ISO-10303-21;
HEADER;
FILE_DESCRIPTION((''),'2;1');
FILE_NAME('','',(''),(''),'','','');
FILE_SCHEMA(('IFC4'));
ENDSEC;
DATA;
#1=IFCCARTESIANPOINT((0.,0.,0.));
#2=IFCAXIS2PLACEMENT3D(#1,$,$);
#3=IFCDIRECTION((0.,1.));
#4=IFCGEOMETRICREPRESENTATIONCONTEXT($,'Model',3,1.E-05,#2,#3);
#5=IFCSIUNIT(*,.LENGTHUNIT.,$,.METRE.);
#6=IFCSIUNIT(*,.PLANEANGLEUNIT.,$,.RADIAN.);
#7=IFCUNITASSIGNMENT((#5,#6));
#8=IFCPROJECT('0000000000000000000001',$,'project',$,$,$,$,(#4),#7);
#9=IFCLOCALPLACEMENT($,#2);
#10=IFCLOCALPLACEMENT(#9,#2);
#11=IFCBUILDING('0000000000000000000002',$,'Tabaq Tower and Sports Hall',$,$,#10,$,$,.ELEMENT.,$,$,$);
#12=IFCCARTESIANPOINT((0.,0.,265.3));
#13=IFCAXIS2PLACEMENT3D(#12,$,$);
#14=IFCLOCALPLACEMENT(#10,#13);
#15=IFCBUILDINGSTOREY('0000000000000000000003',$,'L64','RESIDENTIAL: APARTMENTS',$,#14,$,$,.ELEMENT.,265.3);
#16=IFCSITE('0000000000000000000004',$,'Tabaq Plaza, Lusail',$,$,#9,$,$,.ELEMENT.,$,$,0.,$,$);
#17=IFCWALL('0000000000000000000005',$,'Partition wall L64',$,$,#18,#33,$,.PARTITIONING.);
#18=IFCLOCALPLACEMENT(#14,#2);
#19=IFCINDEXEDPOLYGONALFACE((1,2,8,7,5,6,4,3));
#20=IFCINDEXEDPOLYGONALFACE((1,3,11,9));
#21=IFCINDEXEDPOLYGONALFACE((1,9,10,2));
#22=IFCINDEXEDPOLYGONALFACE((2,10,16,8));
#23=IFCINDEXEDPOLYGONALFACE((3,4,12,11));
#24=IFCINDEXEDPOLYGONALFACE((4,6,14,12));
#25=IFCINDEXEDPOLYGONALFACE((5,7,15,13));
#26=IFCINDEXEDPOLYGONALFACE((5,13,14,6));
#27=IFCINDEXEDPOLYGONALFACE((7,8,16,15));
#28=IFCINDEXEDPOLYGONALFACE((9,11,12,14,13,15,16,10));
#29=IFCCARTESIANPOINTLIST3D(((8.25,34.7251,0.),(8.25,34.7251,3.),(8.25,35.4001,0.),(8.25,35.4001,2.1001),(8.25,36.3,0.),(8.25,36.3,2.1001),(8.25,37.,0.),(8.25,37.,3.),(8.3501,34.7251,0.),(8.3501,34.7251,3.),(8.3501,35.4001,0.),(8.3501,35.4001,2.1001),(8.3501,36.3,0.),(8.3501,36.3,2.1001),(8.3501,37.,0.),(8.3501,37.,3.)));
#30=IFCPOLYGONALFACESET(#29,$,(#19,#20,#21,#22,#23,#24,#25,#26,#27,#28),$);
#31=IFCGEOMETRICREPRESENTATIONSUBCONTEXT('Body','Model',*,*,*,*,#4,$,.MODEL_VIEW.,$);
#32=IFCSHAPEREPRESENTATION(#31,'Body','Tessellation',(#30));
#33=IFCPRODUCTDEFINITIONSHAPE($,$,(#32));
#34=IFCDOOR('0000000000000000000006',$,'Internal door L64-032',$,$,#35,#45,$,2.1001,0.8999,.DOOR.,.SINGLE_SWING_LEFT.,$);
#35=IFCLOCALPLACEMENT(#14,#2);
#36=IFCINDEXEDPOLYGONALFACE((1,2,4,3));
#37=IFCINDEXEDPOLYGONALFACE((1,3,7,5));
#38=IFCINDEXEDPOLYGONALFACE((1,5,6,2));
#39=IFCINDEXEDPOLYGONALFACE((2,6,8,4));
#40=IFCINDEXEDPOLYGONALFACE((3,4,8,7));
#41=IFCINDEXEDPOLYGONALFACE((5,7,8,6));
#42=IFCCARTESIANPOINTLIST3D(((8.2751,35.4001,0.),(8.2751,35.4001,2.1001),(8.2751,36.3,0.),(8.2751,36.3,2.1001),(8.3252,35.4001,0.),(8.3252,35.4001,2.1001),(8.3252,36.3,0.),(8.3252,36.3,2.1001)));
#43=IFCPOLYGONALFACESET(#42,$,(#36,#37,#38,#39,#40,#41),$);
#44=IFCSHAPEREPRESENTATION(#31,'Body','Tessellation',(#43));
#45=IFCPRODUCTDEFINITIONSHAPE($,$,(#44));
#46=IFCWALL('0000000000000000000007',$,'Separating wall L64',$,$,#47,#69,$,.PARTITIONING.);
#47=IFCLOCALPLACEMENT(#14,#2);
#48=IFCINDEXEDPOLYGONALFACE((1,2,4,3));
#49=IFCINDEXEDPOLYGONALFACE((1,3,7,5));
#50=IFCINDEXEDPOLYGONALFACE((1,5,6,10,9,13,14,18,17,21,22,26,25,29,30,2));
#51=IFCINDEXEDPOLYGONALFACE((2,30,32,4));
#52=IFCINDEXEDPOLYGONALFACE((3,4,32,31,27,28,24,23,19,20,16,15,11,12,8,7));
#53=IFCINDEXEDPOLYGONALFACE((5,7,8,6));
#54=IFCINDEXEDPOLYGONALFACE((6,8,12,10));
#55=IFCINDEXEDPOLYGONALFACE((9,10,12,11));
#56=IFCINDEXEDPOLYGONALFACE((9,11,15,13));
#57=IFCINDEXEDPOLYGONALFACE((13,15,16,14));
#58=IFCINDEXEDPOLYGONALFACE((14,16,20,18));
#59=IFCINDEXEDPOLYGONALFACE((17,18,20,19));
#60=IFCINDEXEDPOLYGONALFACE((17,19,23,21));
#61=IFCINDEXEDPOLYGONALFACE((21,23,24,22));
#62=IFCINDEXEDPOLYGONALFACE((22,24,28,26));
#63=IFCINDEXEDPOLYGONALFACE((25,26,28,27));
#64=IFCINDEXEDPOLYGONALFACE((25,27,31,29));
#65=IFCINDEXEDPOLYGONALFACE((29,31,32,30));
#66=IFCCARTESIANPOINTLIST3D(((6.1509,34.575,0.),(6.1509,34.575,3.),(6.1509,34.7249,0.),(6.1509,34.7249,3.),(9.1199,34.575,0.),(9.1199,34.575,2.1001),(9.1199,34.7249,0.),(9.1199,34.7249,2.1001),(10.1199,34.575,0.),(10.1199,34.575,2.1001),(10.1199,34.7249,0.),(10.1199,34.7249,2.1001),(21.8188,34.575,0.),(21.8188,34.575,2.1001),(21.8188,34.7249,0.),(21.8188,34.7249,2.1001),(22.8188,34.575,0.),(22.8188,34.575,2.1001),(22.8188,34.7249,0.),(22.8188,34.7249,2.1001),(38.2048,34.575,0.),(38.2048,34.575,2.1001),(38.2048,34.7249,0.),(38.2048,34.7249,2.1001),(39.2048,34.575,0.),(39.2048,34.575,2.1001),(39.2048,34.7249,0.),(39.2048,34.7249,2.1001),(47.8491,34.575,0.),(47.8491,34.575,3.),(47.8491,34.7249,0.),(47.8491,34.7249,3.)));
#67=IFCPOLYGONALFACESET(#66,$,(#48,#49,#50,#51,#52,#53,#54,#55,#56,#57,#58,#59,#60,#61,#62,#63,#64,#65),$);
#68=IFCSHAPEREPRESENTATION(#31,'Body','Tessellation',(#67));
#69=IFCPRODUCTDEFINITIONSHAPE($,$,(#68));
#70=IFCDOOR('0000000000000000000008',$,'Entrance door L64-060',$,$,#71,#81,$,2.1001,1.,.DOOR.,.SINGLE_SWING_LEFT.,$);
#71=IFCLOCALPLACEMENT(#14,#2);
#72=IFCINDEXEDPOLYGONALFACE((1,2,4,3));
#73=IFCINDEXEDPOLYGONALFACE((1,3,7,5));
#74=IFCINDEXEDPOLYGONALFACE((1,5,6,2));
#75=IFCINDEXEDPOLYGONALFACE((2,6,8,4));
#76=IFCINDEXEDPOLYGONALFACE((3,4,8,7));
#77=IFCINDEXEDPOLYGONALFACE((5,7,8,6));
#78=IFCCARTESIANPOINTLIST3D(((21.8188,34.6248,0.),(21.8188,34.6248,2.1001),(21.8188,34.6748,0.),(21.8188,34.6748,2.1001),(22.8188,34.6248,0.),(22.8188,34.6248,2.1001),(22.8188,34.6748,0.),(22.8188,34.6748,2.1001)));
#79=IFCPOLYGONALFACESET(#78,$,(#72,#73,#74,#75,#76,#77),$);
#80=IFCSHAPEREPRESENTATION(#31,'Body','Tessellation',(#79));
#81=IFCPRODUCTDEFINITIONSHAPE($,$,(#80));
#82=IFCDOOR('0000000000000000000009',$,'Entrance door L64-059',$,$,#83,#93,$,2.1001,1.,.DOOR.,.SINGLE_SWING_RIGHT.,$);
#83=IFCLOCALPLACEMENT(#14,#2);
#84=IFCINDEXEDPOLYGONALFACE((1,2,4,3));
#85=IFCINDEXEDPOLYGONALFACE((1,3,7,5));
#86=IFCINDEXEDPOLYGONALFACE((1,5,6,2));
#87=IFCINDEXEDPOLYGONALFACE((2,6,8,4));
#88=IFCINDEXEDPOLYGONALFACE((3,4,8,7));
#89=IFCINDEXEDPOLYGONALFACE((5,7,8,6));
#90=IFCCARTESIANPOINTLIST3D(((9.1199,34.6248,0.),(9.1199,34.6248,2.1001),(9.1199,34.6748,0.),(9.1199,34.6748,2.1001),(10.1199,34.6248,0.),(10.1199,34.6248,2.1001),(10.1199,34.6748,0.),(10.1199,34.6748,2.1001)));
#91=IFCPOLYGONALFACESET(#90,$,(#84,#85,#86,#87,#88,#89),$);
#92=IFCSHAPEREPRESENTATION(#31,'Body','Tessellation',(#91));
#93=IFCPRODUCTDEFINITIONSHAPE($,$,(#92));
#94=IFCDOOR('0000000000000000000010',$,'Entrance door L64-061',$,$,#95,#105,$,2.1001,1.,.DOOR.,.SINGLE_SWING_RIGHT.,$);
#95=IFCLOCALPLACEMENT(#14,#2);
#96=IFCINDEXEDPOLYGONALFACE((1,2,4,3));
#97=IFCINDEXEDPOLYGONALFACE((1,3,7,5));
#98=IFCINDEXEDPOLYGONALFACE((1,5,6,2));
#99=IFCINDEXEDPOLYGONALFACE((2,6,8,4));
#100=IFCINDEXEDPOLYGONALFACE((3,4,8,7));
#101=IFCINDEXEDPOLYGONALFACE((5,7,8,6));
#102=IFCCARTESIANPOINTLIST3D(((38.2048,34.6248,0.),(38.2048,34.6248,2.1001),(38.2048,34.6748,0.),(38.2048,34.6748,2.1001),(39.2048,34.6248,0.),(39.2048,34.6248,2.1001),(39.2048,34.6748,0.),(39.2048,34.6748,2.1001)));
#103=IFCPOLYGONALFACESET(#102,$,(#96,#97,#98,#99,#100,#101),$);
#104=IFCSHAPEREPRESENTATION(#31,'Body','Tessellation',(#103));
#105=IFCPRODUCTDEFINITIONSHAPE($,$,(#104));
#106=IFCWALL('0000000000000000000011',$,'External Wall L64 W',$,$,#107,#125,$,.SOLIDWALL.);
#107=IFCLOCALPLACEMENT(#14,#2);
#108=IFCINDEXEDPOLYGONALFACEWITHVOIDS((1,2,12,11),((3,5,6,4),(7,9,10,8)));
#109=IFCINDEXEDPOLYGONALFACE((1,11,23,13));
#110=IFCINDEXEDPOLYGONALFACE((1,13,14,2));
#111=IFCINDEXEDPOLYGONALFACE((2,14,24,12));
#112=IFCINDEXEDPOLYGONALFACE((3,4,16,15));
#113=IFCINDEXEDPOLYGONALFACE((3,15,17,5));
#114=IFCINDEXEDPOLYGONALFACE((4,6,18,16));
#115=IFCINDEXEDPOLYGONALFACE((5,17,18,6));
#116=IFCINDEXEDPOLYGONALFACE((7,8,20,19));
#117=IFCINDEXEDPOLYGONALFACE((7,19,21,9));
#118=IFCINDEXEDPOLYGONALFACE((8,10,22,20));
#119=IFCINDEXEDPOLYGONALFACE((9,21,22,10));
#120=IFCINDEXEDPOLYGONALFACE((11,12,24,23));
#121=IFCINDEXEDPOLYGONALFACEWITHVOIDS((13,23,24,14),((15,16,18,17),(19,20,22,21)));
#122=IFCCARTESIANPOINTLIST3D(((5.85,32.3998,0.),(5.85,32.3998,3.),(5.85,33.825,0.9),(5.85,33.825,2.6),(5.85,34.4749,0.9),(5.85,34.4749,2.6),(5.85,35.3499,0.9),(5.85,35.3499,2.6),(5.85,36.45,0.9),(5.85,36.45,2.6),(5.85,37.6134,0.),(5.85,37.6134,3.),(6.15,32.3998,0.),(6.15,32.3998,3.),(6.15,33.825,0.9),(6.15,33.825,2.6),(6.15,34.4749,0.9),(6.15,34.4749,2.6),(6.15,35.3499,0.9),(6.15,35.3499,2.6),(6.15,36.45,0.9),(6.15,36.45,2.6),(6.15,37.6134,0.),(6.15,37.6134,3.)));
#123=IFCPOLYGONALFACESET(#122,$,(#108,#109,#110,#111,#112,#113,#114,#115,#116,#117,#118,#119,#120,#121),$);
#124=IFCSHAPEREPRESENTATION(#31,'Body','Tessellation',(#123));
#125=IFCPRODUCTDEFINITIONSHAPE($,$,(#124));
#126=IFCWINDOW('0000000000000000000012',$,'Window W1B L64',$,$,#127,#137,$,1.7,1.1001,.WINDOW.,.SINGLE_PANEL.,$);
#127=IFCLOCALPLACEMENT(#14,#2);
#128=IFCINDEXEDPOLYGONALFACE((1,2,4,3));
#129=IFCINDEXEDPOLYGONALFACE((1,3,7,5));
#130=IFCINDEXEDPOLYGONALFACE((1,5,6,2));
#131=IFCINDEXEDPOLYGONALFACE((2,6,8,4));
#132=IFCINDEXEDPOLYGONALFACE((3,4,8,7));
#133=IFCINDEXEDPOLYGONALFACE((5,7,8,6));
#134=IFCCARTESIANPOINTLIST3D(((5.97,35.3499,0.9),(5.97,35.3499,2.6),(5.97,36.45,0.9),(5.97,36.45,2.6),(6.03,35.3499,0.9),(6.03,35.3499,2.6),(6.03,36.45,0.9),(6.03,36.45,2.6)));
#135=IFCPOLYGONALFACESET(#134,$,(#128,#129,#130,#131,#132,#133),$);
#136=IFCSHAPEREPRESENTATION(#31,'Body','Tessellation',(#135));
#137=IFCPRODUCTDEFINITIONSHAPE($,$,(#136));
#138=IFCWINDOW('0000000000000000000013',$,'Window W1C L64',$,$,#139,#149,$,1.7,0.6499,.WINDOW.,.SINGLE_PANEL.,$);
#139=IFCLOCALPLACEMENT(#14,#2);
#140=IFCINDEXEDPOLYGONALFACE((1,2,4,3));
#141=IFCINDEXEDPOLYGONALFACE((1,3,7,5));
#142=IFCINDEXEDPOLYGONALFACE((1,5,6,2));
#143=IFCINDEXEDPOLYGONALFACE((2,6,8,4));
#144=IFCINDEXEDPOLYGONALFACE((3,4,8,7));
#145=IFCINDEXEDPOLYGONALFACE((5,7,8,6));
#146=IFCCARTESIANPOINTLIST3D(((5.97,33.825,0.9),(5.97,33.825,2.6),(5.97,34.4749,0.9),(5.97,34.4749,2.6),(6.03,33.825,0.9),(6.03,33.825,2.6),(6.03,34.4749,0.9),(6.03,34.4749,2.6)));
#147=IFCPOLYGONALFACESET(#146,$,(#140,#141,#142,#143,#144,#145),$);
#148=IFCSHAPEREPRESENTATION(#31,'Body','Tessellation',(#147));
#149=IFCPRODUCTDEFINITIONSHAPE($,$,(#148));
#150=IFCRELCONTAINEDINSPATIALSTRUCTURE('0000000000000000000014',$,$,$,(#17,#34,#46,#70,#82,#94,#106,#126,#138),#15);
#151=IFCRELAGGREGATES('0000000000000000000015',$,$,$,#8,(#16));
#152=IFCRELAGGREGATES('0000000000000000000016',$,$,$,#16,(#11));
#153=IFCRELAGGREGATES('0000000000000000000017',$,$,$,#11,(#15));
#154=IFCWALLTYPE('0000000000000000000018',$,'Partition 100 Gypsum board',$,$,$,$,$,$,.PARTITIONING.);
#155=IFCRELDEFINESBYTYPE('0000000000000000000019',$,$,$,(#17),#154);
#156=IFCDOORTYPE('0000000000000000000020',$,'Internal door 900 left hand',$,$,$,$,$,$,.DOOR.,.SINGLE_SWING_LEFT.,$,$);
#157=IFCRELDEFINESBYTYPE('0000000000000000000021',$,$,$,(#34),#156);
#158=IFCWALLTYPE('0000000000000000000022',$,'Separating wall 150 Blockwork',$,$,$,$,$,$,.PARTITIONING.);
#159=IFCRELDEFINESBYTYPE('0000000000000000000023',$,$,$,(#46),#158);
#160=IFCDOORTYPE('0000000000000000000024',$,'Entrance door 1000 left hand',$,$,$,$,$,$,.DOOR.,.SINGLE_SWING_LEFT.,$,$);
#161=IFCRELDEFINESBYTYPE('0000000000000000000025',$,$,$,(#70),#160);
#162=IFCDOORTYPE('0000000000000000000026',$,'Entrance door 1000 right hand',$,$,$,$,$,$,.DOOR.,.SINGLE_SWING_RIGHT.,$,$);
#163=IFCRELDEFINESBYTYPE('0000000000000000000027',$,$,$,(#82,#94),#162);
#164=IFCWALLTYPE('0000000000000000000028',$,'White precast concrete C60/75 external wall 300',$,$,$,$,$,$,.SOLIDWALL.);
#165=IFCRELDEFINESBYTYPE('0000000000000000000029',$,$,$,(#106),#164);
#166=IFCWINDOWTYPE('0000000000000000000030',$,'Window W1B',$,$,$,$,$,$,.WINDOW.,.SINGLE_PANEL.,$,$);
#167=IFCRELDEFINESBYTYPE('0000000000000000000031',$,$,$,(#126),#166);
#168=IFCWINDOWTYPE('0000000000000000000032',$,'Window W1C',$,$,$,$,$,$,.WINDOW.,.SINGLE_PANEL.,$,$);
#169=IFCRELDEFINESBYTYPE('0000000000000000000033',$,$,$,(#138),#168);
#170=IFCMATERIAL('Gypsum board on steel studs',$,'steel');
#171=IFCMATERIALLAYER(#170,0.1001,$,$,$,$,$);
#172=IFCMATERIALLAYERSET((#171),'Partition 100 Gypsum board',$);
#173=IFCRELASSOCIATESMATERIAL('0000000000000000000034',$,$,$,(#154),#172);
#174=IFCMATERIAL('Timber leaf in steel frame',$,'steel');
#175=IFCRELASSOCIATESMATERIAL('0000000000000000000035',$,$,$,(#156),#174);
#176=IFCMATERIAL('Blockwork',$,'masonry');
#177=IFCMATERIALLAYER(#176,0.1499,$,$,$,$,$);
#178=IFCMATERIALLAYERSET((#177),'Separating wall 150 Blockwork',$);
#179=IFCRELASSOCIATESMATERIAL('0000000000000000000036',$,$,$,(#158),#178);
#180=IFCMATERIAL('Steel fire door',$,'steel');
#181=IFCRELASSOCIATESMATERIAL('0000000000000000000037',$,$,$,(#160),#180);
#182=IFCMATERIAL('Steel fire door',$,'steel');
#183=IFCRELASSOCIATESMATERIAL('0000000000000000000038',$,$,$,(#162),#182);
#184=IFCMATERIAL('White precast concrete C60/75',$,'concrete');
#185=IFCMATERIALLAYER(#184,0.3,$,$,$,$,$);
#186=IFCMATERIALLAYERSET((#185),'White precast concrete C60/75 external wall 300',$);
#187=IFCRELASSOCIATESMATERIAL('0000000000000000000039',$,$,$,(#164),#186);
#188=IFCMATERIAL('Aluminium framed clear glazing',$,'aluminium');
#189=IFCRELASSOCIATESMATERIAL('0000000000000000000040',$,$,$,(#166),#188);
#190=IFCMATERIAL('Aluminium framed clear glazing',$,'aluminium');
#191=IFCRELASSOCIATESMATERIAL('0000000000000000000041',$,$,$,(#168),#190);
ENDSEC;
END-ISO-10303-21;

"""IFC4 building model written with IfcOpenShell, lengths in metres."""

from ifc_helpers import new_model, si_unit, direction, frame, frame_2d, origin, place, context, subcontext, project, spatial, rectangle, extrude, material, layer, layer_set, type_object, element, fill, save


model = new_model("IFC4")

# Units and contexts
model_context = context("Model", 3, precision=1e-05, world=origin(), true_north=direction((0.0, 1.0)))
body_context = subcontext(model_context, "Body", "Model", "MODEL_VIEW")
ifc_project = project(units=[si_unit("LENGTHUNIT", "METRE"), si_unit("PLANEANGLEUNIT", "RADIAN")], contexts=[model_context])

# Site, building, storey
site_placement = place(None, origin())
site = spatial("IfcSite", under=ifc_project, at=site_placement, Name="Tabaq Plaza, Lusail", CompositionType="ELEMENT", RefElevation=0.0)
building_placement = place(site_placement, origin())
building = spatial("IfcBuilding", under=site, at=building_placement, Name="Tabaq Tower and Sports Hall", CompositionType="ELEMENT")
storey_placement = place(building_placement, frame((0.0, 0.0, 265.3)))
storey = spatial("IfcBuildingStorey", under=building, at=storey_placement, Name="L64", Description="RESIDENTIAL: APARTMENTS", CompositionType="ELEMENT", Elevation=265.3)

# Shared definitions
ifc_material_1 = material(Name="Gypsum board on steel studs", Category="steel")
ifc_layer_1 = layer(ifc_material_1, 0.1001)
ifc_layer_set_1 = layer_set([ifc_layer_1], Name="Partition 100 Gypsum board")
wall_type_1 = type_object("IfcWallType", Name="Partition 100 Gypsum board", PredefinedType="PARTITIONING", material=ifc_layer_set_1)

# Shared definitions
ifc_material_2 = material(Name="Timber leaf in steel frame", Category="steel")
door_type_1 = type_object("IfcDoorType", Name="Internal door 900 left hand", OperationType="SINGLE_SWING_LEFT", PredefinedType="DOOR", material=ifc_material_2)

# Wall, opening, door
wall_1_placement = place(storey_placement, frame((8.3, 34.7251, 0.0), z_axis=(0.0, 0.0, 1.0), x_axis=(0.0, 1.0, 0.0)))
wall_1 = element("IfcWall", 1, at=wall_1_placement, inside=storey, type_object=wall_type_1, Name="Partition wall L64", PredefinedType="PARTITIONING", context=body_context, shape_type="SweptSolid", body=[
    extrude(rectangle(XDim=2.2749, YDim=0.1001, at=frame_2d((1.1375, 0.0))), origin(), (0.0, 0.0, 1.0), 3.0),
])
opening_1_placement = place(wall_1_placement, frame((0.675, 0.0, 0.0)))
opening_1 = element("IfcOpeningElement", 2, at=opening_1_placement, cuts=wall_1, PredefinedType="OPENING", context=body_context, shape_type="SweptSolid", body=[
    extrude(rectangle(XDim=0.8999, YDim=2.1001, at=frame_2d((0.45, 1.05))), frame((0.0, 0.05, 0.0), z_axis=(0.0, -1.0, 0.0), x_axis=(1.0, 0.0, 0.0)), (0.0, 0.0, 1.0), 0.1001),
])
door_1_placement = place(opening_1_placement, origin())
door_1 = element("IfcDoor", 3, at=door_1_placement, inside=storey, type_object=door_type_1, Name="Internal door L64-032", OperationType="SINGLE_SWING_LEFT", OverallHeight=2.1001, OverallWidth=0.8999, PredefinedType="DOOR", context=body_context, shape_type="SweptSolid", body=[
    extrude(rectangle(XDim=0.8999, YDim=2.1001, at=frame_2d((0.45, 1.05))), frame((0.0, 0.0249, 0.0), z_axis=(0.0, -1.0, 0.0), x_axis=(1.0, 0.0, 0.0)), (0.0, 0.0, 1.0), 0.05),
])
fill(opening_1, door_1)

# Wall, openings, doors
ifc_material_3 = material(Name="Blockwork", Category="masonry")
ifc_layer_2 = layer(ifc_material_3, 0.1499)
ifc_layer_set_2 = layer_set([ifc_layer_2], Name="Separating wall 150 Blockwork")
wall_type_2 = type_object("IfcWallType", Name="Separating wall 150 Blockwork", PredefinedType="PARTITIONING", material=ifc_layer_set_2)
wall_2_placement = place(storey_placement, frame((6.1509, 34.6499, 0.0), z_axis=(0.0, 0.0, 1.0), x_axis=(1.0, 0.0, 0.0)))
wall_2 = element("IfcWall", 4, at=wall_2_placement, inside=storey, type_object=wall_type_2, Name="Separating wall L64", PredefinedType="PARTITIONING", context=body_context, shape_type="SweptSolid", body=[
    extrude(rectangle(XDim=41.6982, YDim=0.1499, at=frame_2d((20.8491, 0.0))), origin(), (0.0, 0.0, 1.0), 3.0),
])
opening_2_placement = place(wall_2_placement, frame((2.969, 0.0, 0.0)))
opening_2 = element("IfcOpeningElement", 5, at=opening_2_placement, cuts=wall_2, PredefinedType="OPENING", context=body_context, shape_type="SweptSolid", body=[
    extrude(rectangle(XDim=1.0, YDim=2.1001, at=frame_2d((0.5, 1.05))), frame((0.0, 0.075, 0.0), z_axis=(0.0, -1.0, 0.0), x_axis=(1.0, 0.0, 0.0)), (0.0, 0.0, 1.0), 0.1499),
])
opening_3_placement = place(wall_2_placement, frame((15.668, 0.0, 0.0)))
opening_3 = element("IfcOpeningElement", 6, at=opening_3_placement, cuts=wall_2, PredefinedType="OPENING", context=body_context, shape_type="SweptSolid", body=[
    extrude(rectangle(XDim=1.0, YDim=2.1001, at=frame_2d((0.5, 1.05))), frame((0.0, 0.075, 0.0), z_axis=(0.0, -1.0, 0.0), x_axis=(1.0, 0.0, 0.0)), (0.0, 0.0, 1.0), 0.1499),
])
opening_4_placement = place(wall_2_placement, frame((32.054, 0.0, 0.0)))
opening_4 = element("IfcOpeningElement", 7, at=opening_4_placement, cuts=wall_2, PredefinedType="OPENING", context=body_context, shape_type="SweptSolid", body=[
    extrude(rectangle(XDim=1.0, YDim=2.1001, at=frame_2d((0.5, 1.05))), frame((0.0, 0.075, 0.0), z_axis=(0.0, -1.0, 0.0), x_axis=(1.0, 0.0, 0.0)), (0.0, 0.0, 1.0), 0.1499),
])
ifc_material_4 = material(Name="Steel fire door", Category="steel")
door_type_2 = type_object("IfcDoorType", Name="Entrance door 1000 left hand", OperationType="SINGLE_SWING_LEFT", PredefinedType="DOOR", material=ifc_material_4)
door_2_placement = place(opening_3_placement, origin())
door_2 = element("IfcDoor", 8, at=door_2_placement, inside=storey, type_object=door_type_2, Name="Entrance door L64-060", OperationType="SINGLE_SWING_LEFT", OverallHeight=2.1001, OverallWidth=1.0, PredefinedType="DOOR", context=body_context, shape_type="SweptSolid", body=[
    extrude(rectangle(XDim=1.0, YDim=2.1001, at=frame_2d((0.5, 1.05))), frame((0.0, 0.0249, 0.0), z_axis=(0.0, -1.0, 0.0), x_axis=(1.0, 0.0, 0.0)), (0.0, 0.0, 1.0), 0.05),
])
fill(opening_3, door_2)
ifc_material_5 = material(Name="Steel fire door", Category="steel")
door_type_3 = type_object("IfcDoorType", Name="Entrance door 1000 right hand", OperationType="SINGLE_SWING_RIGHT", PredefinedType="DOOR", material=ifc_material_5)
door_3_placement = place(opening_2_placement, origin())
door_3 = element("IfcDoor", 9, at=door_3_placement, inside=storey, type_object=door_type_3, Name="Entrance door L64-059", OperationType="SINGLE_SWING_RIGHT", OverallHeight=2.1001, OverallWidth=1.0, PredefinedType="DOOR", context=body_context, shape_type="SweptSolid", body=[
    extrude(rectangle(XDim=1.0, YDim=2.1001, at=frame_2d((0.5, 1.05))), frame((0.0, 0.0249, 0.0), z_axis=(0.0, -1.0, 0.0), x_axis=(1.0, 0.0, 0.0)), (0.0, 0.0, 1.0), 0.05),
])
fill(opening_2, door_3)
door_4_placement = place(opening_4_placement, origin())
door_4 = element("IfcDoor", 10, at=door_4_placement, inside=storey, type_object=door_type_3, Name="Entrance door L64-061", OperationType="SINGLE_SWING_RIGHT", OverallHeight=2.1001, OverallWidth=1.0, PredefinedType="DOOR", context=body_context, shape_type="SweptSolid", body=[
    extrude(rectangle(XDim=1.0, YDim=2.1001, at=frame_2d((0.5, 1.05))), frame((0.0, 0.0249, 0.0), z_axis=(0.0, -1.0, 0.0), x_axis=(1.0, 0.0, 0.0)), (0.0, 0.0, 1.0), 0.05),
])
fill(opening_4, door_4)

# Wall, openings, windows
ifc_material_6 = material(Name="White precast concrete C60/75", Category="concrete")
ifc_layer_3 = layer(ifc_material_6, 0.3)
ifc_layer_set_3 = layer_set([ifc_layer_3], Name="White precast concrete C60/75 external wall 300")
wall_type_3 = type_object("IfcWallType", Name="White precast concrete C60/75 external wall 300", PredefinedType="SOLIDWALL", material=ifc_layer_set_3)
wall_3_placement = place(storey_placement, frame((6.0, 37.6135, 0.0), z_axis=(0.0, 0.0, 1.0), x_axis=(0.0, -1.0, 0.0)))
wall_3 = element("IfcWall", 11, at=wall_3_placement, inside=storey, type_object=wall_type_3, Name="External Wall L64 W", PredefinedType="SOLIDWALL", context=body_context, shape_type="SweptSolid", body=[
    extrude(rectangle(XDim=5.2136, YDim=0.3, at=frame_2d((2.6069, 0.0))), origin(), (0.0, 0.0, 1.0), 3.0),
])
opening_5_placement = place(wall_3_placement, frame((1.1636, 0.0, 0.8999)))
opening_5 = element("IfcOpeningElement", 12, at=opening_5_placement, cuts=wall_3, PredefinedType="OPENING", context=body_context, shape_type="SweptSolid", body=[
    extrude(rectangle(XDim=1.1001, YDim=1.7, at=frame_2d((0.55, 0.8501))), frame((0.0, 0.1602, 0.0), z_axis=(0.0, -1.0, 0.0), x_axis=(1.0, 0.0, 0.0)), (0.0, 0.0, 1.0), 0.3201),
])
opening_6_placement = place(wall_3_placement, frame((3.1387, 0.0, 0.8999)))
opening_6 = element("IfcOpeningElement", 13, at=opening_6_placement, cuts=wall_3, PredefinedType="OPENING", context=body_context, shape_type="SweptSolid", body=[
    extrude(rectangle(XDim=0.6499, YDim=1.7, at=frame_2d((0.325, 0.8501))), frame((0.0, 0.1602, 0.0), z_axis=(0.0, -1.0, 0.0), x_axis=(1.0, 0.0, 0.0)), (0.0, 0.0, 1.0), 0.3201),
])
ifc_material_7 = material(Name="Aluminium framed clear glazing", Category="aluminium")
window_type_1 = type_object("IfcWindowType", Name="Window W1B", PartitioningType="SINGLE_PANEL", PredefinedType="WINDOW", material=ifc_material_7)
window_1_placement = place(opening_5_placement, origin())
window_1 = element("IfcWindow", 14, at=window_1_placement, inside=storey, type_object=window_type_1, Name="Window W1B L64", OverallHeight=1.7, OverallWidth=1.1001, PartitioningType="SINGLE_PANEL", PredefinedType="WINDOW", context=body_context, shape_type="SweptSolid", body=[
    extrude(rectangle(XDim=1.1001, YDim=1.7, at=frame_2d((0.55, 0.8501))), frame((0.0, 0.03, 0.0), z_axis=(0.0, -1.0, 0.0), x_axis=(1.0, 0.0, 0.0)), (0.0, 0.0, 1.0), 0.0601),
])
fill(opening_5, window_1)
ifc_material_8 = material(Name="Aluminium framed clear glazing", Category="aluminium")
window_type_2 = type_object("IfcWindowType", Name="Window W1C", PartitioningType="SINGLE_PANEL", PredefinedType="WINDOW", material=ifc_material_8)
window_2_placement = place(opening_6_placement, origin())
window_2 = element("IfcWindow", 15, at=window_2_placement, inside=storey, type_object=window_type_2, Name="Window W1C L64", OverallHeight=1.7, OverallWidth=0.6499, PartitioningType="SINGLE_PANEL", PredefinedType="WINDOW", context=body_context, shape_type="SweptSolid", body=[
    extrude(rectangle(XDim=0.6499, YDim=1.7, at=frame_2d((0.325, 0.8501))), frame((0.0, 0.03, 0.0), z_axis=(0.0, -1.0, 0.0), x_axis=(1.0, 0.0, 0.0)), (0.0, 0.0, 1.0), 0.0601),
])
fill(opening_6, window_2)

save(model, "model.ifc")
